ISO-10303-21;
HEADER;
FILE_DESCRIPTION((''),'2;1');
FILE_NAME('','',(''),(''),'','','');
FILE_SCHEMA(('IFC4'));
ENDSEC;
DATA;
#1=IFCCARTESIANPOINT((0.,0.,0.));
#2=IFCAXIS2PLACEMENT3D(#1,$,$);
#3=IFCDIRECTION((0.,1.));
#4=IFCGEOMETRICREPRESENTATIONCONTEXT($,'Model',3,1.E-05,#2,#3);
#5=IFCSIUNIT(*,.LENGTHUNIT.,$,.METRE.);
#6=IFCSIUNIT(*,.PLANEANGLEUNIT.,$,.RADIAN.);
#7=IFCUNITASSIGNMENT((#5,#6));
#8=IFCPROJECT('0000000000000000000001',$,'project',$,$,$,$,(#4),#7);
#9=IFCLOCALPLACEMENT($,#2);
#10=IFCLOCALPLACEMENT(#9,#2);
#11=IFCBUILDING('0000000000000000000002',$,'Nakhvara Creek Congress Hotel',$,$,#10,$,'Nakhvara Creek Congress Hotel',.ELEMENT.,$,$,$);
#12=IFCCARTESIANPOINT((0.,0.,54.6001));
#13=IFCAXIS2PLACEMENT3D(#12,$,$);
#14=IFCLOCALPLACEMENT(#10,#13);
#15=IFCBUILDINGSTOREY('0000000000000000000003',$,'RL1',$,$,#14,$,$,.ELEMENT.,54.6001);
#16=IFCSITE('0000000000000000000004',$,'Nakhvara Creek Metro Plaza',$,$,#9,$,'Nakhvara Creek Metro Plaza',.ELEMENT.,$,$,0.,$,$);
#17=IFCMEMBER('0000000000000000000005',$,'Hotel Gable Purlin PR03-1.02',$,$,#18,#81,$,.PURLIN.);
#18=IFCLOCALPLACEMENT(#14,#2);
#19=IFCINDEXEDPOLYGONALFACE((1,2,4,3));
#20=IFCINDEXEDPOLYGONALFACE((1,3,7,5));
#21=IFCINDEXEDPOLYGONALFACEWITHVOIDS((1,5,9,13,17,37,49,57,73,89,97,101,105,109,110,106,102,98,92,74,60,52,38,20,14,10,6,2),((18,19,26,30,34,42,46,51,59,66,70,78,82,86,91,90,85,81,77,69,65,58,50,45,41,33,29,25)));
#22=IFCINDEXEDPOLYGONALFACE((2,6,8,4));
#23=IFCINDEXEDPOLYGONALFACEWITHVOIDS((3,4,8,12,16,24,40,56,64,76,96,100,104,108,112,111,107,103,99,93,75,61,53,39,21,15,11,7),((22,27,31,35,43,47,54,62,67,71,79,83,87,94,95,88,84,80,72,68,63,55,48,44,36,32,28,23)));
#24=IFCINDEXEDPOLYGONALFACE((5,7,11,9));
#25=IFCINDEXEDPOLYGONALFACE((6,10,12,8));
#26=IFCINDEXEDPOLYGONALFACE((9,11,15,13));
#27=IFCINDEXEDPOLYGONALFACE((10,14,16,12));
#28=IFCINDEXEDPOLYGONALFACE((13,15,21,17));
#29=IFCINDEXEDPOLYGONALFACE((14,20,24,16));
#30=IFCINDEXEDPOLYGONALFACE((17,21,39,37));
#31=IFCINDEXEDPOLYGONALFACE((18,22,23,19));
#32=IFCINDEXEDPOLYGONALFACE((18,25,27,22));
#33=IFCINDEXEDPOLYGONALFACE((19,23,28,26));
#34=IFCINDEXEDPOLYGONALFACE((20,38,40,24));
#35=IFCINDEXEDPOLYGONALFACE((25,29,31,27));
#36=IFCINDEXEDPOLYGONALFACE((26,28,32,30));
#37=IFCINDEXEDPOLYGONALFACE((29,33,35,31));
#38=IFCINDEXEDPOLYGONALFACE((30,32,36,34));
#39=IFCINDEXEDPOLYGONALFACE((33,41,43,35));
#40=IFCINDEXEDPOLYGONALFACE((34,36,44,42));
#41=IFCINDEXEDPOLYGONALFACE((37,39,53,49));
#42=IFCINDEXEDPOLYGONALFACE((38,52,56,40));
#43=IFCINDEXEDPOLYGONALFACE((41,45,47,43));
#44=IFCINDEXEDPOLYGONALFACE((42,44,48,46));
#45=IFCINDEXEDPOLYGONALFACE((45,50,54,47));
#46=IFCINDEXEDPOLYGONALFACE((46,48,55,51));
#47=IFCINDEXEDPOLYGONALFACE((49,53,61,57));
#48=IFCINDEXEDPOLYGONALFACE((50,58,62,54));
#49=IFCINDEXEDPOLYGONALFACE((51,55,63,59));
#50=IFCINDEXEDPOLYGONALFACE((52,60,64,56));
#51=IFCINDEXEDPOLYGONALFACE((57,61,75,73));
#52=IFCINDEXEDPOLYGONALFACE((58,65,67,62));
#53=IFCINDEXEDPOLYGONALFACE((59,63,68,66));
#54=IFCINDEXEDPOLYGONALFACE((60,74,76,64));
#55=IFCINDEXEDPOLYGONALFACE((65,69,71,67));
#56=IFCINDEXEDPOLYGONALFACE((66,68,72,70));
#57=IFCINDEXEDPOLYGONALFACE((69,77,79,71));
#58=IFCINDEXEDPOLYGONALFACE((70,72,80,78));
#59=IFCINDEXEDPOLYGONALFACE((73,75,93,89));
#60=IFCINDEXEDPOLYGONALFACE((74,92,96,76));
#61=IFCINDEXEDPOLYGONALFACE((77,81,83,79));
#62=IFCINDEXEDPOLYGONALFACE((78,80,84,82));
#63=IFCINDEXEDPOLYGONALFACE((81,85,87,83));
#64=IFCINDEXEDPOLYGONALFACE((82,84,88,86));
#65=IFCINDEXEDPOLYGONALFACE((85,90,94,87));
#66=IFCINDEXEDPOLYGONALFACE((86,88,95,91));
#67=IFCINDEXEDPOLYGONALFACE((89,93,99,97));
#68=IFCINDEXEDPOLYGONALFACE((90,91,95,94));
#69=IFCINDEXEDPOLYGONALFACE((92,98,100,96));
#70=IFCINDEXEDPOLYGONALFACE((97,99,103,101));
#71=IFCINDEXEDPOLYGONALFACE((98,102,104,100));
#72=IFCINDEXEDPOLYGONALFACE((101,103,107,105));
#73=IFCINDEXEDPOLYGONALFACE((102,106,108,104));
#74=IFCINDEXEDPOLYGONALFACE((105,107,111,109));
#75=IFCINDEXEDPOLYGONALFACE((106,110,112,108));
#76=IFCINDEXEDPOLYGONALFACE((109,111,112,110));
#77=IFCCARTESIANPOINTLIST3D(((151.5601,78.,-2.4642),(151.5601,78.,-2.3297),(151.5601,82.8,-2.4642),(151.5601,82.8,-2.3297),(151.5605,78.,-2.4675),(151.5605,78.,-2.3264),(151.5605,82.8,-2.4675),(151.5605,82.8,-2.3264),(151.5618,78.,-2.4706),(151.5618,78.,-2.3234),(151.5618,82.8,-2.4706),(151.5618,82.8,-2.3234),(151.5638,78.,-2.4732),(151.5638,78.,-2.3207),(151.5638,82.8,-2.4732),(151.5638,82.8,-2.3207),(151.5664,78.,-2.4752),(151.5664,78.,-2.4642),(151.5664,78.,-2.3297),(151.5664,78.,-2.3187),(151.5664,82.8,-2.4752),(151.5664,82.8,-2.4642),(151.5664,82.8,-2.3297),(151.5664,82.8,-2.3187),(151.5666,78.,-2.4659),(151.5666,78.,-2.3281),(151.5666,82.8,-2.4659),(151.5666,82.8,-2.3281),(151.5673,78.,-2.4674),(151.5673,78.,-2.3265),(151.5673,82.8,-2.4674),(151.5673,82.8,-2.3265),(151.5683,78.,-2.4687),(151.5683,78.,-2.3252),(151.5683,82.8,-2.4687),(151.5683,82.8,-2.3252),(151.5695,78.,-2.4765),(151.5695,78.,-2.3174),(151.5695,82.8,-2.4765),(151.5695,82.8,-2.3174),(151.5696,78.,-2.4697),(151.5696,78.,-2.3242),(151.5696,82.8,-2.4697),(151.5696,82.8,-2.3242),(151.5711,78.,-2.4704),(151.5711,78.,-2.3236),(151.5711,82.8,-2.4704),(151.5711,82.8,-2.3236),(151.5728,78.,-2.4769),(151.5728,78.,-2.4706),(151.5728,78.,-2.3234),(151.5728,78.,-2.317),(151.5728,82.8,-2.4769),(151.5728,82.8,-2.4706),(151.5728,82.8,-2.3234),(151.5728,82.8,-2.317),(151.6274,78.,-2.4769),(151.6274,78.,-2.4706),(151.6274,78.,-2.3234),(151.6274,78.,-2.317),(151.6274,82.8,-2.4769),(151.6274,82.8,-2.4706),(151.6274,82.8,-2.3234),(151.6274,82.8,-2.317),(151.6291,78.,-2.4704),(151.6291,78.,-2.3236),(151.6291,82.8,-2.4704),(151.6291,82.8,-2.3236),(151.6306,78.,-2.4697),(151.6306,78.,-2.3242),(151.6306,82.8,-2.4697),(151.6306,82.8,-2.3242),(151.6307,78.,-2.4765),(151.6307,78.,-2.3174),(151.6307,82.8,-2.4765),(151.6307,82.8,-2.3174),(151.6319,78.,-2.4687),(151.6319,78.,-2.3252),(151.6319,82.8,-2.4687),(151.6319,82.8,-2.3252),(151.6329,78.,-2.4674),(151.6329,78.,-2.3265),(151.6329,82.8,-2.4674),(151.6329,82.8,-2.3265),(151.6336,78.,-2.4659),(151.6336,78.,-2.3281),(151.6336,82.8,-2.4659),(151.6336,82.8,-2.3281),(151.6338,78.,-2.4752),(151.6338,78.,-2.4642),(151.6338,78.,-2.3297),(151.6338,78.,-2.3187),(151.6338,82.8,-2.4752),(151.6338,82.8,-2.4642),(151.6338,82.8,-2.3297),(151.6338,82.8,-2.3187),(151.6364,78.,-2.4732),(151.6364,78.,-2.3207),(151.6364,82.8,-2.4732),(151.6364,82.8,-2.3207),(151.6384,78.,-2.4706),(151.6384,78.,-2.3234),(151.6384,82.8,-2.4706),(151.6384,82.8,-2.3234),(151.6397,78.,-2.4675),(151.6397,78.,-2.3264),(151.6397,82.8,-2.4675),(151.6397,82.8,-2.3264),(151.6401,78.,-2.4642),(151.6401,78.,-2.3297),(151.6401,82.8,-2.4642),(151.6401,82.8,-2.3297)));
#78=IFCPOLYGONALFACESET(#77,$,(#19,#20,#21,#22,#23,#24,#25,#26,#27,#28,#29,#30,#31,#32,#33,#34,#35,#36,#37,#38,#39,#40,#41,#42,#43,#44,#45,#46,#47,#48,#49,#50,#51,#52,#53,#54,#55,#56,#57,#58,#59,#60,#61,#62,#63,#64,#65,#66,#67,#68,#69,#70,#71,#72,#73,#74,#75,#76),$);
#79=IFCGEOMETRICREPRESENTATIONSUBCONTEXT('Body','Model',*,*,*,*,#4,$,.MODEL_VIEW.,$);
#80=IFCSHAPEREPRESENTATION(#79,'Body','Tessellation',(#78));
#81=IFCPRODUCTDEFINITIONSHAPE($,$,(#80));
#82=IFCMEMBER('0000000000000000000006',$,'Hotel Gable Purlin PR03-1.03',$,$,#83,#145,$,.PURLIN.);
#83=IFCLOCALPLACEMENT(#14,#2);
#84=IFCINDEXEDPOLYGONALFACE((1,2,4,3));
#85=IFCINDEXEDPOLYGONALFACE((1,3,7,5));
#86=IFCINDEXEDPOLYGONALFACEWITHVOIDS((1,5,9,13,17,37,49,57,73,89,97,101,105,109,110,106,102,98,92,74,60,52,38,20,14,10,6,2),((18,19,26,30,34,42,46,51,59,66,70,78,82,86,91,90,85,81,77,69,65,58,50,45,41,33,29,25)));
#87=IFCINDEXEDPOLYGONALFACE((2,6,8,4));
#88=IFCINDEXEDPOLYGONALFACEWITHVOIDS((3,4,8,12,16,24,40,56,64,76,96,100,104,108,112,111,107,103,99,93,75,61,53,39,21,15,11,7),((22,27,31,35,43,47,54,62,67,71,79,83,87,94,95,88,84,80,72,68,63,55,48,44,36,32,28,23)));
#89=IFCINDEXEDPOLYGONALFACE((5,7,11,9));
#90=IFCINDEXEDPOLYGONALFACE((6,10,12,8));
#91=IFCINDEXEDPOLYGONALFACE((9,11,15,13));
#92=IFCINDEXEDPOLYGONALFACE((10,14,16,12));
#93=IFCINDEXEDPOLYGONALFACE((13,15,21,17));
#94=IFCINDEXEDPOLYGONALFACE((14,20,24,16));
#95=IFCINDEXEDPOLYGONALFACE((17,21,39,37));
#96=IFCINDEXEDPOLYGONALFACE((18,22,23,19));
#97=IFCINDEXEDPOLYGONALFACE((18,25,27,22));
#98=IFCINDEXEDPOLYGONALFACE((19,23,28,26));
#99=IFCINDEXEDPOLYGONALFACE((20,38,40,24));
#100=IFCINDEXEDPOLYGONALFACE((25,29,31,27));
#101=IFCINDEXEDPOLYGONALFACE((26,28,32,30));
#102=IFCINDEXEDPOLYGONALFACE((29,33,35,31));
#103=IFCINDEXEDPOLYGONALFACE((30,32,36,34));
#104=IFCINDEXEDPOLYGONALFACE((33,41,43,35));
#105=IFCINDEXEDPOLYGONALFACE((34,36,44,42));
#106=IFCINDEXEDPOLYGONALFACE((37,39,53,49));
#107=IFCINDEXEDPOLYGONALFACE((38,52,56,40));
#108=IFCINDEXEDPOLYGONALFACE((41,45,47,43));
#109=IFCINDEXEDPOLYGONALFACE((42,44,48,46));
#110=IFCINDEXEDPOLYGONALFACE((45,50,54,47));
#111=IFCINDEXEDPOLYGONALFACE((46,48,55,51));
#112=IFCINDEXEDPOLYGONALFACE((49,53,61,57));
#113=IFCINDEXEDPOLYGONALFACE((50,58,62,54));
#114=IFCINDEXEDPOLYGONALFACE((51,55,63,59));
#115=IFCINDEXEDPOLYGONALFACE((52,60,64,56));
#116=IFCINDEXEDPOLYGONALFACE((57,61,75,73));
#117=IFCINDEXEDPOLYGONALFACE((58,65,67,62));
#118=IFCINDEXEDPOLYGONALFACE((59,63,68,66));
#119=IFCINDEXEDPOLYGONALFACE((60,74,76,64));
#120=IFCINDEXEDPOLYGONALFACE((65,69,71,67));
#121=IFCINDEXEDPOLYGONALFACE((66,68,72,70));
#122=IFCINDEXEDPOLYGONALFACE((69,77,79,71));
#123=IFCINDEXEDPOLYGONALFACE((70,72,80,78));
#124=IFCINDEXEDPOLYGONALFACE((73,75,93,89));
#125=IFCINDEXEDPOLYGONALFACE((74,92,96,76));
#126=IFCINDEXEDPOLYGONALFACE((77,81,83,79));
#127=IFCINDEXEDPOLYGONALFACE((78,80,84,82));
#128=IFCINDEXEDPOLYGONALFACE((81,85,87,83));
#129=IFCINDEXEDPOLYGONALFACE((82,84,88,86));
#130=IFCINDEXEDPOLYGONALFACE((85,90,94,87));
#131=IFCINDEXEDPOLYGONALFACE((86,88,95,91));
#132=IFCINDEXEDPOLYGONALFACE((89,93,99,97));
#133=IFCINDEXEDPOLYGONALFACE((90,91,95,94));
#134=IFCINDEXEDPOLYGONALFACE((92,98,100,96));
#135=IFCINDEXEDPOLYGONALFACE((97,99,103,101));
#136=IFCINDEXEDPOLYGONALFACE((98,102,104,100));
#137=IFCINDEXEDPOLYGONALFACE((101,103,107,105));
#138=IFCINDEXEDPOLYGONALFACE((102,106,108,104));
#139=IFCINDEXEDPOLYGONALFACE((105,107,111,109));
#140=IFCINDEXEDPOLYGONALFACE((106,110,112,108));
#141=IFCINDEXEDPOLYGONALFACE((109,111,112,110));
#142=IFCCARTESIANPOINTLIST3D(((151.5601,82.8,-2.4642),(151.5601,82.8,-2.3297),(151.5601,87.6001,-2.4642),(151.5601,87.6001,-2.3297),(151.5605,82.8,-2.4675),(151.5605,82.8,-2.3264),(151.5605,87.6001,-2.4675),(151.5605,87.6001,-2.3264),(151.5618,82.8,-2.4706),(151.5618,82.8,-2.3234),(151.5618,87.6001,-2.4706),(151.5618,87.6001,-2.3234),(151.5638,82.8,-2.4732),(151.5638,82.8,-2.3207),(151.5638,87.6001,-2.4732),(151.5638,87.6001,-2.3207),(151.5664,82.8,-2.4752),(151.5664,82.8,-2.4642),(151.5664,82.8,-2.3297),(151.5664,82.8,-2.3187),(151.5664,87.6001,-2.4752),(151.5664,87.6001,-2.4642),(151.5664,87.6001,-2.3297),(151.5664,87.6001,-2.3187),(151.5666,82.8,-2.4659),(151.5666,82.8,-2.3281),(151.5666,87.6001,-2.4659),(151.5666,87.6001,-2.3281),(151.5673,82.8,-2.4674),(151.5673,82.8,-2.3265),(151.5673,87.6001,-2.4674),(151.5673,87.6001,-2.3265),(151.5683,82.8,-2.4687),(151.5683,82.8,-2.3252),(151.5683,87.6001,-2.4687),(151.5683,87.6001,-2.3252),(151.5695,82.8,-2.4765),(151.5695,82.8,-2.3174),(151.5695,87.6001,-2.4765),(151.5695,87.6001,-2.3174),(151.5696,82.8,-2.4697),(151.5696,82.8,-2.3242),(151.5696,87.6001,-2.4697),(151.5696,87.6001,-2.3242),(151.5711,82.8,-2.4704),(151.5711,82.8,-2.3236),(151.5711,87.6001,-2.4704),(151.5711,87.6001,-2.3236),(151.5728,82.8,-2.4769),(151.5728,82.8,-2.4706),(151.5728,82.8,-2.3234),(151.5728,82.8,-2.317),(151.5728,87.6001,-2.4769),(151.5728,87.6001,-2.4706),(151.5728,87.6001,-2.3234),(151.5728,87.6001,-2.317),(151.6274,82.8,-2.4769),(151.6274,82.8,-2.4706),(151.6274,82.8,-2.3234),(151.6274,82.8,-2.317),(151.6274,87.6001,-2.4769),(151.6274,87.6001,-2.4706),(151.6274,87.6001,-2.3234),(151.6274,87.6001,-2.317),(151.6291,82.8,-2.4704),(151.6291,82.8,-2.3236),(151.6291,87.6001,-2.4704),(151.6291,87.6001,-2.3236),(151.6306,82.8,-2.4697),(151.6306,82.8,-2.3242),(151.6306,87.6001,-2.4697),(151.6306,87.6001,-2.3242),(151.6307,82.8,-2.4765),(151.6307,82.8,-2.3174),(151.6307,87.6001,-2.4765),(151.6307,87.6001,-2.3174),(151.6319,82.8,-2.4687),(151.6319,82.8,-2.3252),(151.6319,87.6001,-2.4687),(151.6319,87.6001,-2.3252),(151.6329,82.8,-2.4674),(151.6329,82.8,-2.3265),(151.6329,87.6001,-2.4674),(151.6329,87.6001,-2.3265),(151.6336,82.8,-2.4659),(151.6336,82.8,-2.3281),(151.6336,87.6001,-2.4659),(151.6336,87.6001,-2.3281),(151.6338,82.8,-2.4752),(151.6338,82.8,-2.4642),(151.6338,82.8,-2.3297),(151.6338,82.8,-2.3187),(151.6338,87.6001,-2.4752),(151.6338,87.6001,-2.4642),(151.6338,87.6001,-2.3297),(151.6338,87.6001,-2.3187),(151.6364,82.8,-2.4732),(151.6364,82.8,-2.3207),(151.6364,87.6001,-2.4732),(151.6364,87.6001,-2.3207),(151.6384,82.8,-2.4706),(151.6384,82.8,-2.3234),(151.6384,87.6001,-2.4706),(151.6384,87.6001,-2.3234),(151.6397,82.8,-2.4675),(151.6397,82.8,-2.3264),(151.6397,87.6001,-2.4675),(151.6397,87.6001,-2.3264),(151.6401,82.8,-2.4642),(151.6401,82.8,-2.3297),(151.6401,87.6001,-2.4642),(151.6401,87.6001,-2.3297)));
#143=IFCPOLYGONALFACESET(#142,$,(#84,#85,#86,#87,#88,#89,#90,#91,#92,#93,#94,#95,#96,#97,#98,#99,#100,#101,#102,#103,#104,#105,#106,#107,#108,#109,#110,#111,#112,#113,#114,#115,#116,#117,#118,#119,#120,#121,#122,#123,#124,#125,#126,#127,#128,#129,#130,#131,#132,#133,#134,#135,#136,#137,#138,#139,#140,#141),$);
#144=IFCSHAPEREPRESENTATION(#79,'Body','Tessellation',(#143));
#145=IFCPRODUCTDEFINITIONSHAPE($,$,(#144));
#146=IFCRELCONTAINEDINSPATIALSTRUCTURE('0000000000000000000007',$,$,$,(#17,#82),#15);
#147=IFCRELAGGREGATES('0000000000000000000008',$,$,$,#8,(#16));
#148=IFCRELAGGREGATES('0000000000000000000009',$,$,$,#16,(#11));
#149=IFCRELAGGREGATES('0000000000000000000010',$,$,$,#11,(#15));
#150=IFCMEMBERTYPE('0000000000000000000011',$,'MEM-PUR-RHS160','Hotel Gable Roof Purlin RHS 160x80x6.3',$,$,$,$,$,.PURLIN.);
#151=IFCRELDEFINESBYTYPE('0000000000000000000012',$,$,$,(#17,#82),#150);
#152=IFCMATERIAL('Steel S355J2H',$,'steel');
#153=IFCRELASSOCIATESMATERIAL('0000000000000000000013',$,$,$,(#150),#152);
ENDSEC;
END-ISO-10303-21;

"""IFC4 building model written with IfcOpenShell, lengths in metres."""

from ifc_helpers import new_model, si_unit, direction, frame, origin, origin_2d, place, context, subcontext, project, spatial, hollow_rectangle, extrude, material, material_profile, profile_set, type_object, element, save


model = new_model("IFC4")

# Units and contexts
model_context = context("Model", 3, precision=1e-05, world=origin(), true_north=direction((0.0, 1.0)))
body_context = subcontext(model_context, "Body", "Model", "MODEL_VIEW")
ifc_project = project(units=[si_unit("LENGTHUNIT", "METRE"), si_unit("PLANEANGLEUNIT", "RADIAN")], contexts=[model_context])

# Site, building, storey
site_placement = place(None, origin())
site = spatial("IfcSite", under=ifc_project, at=site_placement, Name="Nakhvara Creek Metro Plaza", LongName="Nakhvara Creek Metro Plaza", CompositionType="ELEMENT", RefElevation=0.0)
building_placement = place(site_placement, origin())
building = spatial("IfcBuilding", under=site, at=building_placement, Name="Nakhvara Creek Congress Hotel", LongName="Nakhvara Creek Congress Hotel", CompositionType="ELEMENT")
storey_placement = place(building_placement, frame((0.0, 0.0, 54.6001)))
storey = spatial("IfcBuildingStorey", under=building, at=storey_placement, Name="RL1", CompositionType="ELEMENT", Elevation=54.6001)

# Members
ifc_material_1 = material(Name="Steel S355J2H", Category="steel")
ifc_material_profile_1 = material_profile(ifc_material_1, hollow_rectangle(XDim=0.0801, YDim=0.1599, WallThickness=0.0063, InnerFilletRadius=0.0063, OuterFilletRadius=0.0127, at=origin_2d()), Name="RHS 160x80x6.3", Category="LoadBearing")
ifc_profile_set_1 = profile_set([ifc_material_profile_1], Name="Steel S355J2H")
member_type = type_object("IfcMemberType", Name="MEM-PUR-RHS160", Description="Hotel Gable Roof Purlin RHS 160x80x6.3", PredefinedType="PURLIN", material=ifc_profile_set_1)
for number, where, z_axis, x_axis, name in (
    (1, (151.6001, 78.0, -2.397), (0.0, 1.0, 0.0), (-1.0, 0.0, 0.0), "Hotel Gable Purlin PR03-1.02"),
    (2, (151.6001, 82.8, -2.397), (0.0, 1.0, 0.0), (-1.0, 0.0, 0.0), "Hotel Gable Purlin PR03-1.03"),
):
    element("IfcMember", number, at=place(storey_placement, frame(where, z_axis=z_axis, x_axis=x_axis)), inside=storey, type_object=member_type, Name=name, PredefinedType="PURLIN", context=body_context, shape_type="SweptSolid", body=[
        extrude(hollow_rectangle(XDim=0.0801, YDim=0.1599, WallThickness=0.0063, InnerFilletRadius=0.0063, OuterFilletRadius=0.0127, at=origin_2d()), origin(), (0.0, 0.0, 1.0), 4.8),
    ])

save(model, "model.ifc")
